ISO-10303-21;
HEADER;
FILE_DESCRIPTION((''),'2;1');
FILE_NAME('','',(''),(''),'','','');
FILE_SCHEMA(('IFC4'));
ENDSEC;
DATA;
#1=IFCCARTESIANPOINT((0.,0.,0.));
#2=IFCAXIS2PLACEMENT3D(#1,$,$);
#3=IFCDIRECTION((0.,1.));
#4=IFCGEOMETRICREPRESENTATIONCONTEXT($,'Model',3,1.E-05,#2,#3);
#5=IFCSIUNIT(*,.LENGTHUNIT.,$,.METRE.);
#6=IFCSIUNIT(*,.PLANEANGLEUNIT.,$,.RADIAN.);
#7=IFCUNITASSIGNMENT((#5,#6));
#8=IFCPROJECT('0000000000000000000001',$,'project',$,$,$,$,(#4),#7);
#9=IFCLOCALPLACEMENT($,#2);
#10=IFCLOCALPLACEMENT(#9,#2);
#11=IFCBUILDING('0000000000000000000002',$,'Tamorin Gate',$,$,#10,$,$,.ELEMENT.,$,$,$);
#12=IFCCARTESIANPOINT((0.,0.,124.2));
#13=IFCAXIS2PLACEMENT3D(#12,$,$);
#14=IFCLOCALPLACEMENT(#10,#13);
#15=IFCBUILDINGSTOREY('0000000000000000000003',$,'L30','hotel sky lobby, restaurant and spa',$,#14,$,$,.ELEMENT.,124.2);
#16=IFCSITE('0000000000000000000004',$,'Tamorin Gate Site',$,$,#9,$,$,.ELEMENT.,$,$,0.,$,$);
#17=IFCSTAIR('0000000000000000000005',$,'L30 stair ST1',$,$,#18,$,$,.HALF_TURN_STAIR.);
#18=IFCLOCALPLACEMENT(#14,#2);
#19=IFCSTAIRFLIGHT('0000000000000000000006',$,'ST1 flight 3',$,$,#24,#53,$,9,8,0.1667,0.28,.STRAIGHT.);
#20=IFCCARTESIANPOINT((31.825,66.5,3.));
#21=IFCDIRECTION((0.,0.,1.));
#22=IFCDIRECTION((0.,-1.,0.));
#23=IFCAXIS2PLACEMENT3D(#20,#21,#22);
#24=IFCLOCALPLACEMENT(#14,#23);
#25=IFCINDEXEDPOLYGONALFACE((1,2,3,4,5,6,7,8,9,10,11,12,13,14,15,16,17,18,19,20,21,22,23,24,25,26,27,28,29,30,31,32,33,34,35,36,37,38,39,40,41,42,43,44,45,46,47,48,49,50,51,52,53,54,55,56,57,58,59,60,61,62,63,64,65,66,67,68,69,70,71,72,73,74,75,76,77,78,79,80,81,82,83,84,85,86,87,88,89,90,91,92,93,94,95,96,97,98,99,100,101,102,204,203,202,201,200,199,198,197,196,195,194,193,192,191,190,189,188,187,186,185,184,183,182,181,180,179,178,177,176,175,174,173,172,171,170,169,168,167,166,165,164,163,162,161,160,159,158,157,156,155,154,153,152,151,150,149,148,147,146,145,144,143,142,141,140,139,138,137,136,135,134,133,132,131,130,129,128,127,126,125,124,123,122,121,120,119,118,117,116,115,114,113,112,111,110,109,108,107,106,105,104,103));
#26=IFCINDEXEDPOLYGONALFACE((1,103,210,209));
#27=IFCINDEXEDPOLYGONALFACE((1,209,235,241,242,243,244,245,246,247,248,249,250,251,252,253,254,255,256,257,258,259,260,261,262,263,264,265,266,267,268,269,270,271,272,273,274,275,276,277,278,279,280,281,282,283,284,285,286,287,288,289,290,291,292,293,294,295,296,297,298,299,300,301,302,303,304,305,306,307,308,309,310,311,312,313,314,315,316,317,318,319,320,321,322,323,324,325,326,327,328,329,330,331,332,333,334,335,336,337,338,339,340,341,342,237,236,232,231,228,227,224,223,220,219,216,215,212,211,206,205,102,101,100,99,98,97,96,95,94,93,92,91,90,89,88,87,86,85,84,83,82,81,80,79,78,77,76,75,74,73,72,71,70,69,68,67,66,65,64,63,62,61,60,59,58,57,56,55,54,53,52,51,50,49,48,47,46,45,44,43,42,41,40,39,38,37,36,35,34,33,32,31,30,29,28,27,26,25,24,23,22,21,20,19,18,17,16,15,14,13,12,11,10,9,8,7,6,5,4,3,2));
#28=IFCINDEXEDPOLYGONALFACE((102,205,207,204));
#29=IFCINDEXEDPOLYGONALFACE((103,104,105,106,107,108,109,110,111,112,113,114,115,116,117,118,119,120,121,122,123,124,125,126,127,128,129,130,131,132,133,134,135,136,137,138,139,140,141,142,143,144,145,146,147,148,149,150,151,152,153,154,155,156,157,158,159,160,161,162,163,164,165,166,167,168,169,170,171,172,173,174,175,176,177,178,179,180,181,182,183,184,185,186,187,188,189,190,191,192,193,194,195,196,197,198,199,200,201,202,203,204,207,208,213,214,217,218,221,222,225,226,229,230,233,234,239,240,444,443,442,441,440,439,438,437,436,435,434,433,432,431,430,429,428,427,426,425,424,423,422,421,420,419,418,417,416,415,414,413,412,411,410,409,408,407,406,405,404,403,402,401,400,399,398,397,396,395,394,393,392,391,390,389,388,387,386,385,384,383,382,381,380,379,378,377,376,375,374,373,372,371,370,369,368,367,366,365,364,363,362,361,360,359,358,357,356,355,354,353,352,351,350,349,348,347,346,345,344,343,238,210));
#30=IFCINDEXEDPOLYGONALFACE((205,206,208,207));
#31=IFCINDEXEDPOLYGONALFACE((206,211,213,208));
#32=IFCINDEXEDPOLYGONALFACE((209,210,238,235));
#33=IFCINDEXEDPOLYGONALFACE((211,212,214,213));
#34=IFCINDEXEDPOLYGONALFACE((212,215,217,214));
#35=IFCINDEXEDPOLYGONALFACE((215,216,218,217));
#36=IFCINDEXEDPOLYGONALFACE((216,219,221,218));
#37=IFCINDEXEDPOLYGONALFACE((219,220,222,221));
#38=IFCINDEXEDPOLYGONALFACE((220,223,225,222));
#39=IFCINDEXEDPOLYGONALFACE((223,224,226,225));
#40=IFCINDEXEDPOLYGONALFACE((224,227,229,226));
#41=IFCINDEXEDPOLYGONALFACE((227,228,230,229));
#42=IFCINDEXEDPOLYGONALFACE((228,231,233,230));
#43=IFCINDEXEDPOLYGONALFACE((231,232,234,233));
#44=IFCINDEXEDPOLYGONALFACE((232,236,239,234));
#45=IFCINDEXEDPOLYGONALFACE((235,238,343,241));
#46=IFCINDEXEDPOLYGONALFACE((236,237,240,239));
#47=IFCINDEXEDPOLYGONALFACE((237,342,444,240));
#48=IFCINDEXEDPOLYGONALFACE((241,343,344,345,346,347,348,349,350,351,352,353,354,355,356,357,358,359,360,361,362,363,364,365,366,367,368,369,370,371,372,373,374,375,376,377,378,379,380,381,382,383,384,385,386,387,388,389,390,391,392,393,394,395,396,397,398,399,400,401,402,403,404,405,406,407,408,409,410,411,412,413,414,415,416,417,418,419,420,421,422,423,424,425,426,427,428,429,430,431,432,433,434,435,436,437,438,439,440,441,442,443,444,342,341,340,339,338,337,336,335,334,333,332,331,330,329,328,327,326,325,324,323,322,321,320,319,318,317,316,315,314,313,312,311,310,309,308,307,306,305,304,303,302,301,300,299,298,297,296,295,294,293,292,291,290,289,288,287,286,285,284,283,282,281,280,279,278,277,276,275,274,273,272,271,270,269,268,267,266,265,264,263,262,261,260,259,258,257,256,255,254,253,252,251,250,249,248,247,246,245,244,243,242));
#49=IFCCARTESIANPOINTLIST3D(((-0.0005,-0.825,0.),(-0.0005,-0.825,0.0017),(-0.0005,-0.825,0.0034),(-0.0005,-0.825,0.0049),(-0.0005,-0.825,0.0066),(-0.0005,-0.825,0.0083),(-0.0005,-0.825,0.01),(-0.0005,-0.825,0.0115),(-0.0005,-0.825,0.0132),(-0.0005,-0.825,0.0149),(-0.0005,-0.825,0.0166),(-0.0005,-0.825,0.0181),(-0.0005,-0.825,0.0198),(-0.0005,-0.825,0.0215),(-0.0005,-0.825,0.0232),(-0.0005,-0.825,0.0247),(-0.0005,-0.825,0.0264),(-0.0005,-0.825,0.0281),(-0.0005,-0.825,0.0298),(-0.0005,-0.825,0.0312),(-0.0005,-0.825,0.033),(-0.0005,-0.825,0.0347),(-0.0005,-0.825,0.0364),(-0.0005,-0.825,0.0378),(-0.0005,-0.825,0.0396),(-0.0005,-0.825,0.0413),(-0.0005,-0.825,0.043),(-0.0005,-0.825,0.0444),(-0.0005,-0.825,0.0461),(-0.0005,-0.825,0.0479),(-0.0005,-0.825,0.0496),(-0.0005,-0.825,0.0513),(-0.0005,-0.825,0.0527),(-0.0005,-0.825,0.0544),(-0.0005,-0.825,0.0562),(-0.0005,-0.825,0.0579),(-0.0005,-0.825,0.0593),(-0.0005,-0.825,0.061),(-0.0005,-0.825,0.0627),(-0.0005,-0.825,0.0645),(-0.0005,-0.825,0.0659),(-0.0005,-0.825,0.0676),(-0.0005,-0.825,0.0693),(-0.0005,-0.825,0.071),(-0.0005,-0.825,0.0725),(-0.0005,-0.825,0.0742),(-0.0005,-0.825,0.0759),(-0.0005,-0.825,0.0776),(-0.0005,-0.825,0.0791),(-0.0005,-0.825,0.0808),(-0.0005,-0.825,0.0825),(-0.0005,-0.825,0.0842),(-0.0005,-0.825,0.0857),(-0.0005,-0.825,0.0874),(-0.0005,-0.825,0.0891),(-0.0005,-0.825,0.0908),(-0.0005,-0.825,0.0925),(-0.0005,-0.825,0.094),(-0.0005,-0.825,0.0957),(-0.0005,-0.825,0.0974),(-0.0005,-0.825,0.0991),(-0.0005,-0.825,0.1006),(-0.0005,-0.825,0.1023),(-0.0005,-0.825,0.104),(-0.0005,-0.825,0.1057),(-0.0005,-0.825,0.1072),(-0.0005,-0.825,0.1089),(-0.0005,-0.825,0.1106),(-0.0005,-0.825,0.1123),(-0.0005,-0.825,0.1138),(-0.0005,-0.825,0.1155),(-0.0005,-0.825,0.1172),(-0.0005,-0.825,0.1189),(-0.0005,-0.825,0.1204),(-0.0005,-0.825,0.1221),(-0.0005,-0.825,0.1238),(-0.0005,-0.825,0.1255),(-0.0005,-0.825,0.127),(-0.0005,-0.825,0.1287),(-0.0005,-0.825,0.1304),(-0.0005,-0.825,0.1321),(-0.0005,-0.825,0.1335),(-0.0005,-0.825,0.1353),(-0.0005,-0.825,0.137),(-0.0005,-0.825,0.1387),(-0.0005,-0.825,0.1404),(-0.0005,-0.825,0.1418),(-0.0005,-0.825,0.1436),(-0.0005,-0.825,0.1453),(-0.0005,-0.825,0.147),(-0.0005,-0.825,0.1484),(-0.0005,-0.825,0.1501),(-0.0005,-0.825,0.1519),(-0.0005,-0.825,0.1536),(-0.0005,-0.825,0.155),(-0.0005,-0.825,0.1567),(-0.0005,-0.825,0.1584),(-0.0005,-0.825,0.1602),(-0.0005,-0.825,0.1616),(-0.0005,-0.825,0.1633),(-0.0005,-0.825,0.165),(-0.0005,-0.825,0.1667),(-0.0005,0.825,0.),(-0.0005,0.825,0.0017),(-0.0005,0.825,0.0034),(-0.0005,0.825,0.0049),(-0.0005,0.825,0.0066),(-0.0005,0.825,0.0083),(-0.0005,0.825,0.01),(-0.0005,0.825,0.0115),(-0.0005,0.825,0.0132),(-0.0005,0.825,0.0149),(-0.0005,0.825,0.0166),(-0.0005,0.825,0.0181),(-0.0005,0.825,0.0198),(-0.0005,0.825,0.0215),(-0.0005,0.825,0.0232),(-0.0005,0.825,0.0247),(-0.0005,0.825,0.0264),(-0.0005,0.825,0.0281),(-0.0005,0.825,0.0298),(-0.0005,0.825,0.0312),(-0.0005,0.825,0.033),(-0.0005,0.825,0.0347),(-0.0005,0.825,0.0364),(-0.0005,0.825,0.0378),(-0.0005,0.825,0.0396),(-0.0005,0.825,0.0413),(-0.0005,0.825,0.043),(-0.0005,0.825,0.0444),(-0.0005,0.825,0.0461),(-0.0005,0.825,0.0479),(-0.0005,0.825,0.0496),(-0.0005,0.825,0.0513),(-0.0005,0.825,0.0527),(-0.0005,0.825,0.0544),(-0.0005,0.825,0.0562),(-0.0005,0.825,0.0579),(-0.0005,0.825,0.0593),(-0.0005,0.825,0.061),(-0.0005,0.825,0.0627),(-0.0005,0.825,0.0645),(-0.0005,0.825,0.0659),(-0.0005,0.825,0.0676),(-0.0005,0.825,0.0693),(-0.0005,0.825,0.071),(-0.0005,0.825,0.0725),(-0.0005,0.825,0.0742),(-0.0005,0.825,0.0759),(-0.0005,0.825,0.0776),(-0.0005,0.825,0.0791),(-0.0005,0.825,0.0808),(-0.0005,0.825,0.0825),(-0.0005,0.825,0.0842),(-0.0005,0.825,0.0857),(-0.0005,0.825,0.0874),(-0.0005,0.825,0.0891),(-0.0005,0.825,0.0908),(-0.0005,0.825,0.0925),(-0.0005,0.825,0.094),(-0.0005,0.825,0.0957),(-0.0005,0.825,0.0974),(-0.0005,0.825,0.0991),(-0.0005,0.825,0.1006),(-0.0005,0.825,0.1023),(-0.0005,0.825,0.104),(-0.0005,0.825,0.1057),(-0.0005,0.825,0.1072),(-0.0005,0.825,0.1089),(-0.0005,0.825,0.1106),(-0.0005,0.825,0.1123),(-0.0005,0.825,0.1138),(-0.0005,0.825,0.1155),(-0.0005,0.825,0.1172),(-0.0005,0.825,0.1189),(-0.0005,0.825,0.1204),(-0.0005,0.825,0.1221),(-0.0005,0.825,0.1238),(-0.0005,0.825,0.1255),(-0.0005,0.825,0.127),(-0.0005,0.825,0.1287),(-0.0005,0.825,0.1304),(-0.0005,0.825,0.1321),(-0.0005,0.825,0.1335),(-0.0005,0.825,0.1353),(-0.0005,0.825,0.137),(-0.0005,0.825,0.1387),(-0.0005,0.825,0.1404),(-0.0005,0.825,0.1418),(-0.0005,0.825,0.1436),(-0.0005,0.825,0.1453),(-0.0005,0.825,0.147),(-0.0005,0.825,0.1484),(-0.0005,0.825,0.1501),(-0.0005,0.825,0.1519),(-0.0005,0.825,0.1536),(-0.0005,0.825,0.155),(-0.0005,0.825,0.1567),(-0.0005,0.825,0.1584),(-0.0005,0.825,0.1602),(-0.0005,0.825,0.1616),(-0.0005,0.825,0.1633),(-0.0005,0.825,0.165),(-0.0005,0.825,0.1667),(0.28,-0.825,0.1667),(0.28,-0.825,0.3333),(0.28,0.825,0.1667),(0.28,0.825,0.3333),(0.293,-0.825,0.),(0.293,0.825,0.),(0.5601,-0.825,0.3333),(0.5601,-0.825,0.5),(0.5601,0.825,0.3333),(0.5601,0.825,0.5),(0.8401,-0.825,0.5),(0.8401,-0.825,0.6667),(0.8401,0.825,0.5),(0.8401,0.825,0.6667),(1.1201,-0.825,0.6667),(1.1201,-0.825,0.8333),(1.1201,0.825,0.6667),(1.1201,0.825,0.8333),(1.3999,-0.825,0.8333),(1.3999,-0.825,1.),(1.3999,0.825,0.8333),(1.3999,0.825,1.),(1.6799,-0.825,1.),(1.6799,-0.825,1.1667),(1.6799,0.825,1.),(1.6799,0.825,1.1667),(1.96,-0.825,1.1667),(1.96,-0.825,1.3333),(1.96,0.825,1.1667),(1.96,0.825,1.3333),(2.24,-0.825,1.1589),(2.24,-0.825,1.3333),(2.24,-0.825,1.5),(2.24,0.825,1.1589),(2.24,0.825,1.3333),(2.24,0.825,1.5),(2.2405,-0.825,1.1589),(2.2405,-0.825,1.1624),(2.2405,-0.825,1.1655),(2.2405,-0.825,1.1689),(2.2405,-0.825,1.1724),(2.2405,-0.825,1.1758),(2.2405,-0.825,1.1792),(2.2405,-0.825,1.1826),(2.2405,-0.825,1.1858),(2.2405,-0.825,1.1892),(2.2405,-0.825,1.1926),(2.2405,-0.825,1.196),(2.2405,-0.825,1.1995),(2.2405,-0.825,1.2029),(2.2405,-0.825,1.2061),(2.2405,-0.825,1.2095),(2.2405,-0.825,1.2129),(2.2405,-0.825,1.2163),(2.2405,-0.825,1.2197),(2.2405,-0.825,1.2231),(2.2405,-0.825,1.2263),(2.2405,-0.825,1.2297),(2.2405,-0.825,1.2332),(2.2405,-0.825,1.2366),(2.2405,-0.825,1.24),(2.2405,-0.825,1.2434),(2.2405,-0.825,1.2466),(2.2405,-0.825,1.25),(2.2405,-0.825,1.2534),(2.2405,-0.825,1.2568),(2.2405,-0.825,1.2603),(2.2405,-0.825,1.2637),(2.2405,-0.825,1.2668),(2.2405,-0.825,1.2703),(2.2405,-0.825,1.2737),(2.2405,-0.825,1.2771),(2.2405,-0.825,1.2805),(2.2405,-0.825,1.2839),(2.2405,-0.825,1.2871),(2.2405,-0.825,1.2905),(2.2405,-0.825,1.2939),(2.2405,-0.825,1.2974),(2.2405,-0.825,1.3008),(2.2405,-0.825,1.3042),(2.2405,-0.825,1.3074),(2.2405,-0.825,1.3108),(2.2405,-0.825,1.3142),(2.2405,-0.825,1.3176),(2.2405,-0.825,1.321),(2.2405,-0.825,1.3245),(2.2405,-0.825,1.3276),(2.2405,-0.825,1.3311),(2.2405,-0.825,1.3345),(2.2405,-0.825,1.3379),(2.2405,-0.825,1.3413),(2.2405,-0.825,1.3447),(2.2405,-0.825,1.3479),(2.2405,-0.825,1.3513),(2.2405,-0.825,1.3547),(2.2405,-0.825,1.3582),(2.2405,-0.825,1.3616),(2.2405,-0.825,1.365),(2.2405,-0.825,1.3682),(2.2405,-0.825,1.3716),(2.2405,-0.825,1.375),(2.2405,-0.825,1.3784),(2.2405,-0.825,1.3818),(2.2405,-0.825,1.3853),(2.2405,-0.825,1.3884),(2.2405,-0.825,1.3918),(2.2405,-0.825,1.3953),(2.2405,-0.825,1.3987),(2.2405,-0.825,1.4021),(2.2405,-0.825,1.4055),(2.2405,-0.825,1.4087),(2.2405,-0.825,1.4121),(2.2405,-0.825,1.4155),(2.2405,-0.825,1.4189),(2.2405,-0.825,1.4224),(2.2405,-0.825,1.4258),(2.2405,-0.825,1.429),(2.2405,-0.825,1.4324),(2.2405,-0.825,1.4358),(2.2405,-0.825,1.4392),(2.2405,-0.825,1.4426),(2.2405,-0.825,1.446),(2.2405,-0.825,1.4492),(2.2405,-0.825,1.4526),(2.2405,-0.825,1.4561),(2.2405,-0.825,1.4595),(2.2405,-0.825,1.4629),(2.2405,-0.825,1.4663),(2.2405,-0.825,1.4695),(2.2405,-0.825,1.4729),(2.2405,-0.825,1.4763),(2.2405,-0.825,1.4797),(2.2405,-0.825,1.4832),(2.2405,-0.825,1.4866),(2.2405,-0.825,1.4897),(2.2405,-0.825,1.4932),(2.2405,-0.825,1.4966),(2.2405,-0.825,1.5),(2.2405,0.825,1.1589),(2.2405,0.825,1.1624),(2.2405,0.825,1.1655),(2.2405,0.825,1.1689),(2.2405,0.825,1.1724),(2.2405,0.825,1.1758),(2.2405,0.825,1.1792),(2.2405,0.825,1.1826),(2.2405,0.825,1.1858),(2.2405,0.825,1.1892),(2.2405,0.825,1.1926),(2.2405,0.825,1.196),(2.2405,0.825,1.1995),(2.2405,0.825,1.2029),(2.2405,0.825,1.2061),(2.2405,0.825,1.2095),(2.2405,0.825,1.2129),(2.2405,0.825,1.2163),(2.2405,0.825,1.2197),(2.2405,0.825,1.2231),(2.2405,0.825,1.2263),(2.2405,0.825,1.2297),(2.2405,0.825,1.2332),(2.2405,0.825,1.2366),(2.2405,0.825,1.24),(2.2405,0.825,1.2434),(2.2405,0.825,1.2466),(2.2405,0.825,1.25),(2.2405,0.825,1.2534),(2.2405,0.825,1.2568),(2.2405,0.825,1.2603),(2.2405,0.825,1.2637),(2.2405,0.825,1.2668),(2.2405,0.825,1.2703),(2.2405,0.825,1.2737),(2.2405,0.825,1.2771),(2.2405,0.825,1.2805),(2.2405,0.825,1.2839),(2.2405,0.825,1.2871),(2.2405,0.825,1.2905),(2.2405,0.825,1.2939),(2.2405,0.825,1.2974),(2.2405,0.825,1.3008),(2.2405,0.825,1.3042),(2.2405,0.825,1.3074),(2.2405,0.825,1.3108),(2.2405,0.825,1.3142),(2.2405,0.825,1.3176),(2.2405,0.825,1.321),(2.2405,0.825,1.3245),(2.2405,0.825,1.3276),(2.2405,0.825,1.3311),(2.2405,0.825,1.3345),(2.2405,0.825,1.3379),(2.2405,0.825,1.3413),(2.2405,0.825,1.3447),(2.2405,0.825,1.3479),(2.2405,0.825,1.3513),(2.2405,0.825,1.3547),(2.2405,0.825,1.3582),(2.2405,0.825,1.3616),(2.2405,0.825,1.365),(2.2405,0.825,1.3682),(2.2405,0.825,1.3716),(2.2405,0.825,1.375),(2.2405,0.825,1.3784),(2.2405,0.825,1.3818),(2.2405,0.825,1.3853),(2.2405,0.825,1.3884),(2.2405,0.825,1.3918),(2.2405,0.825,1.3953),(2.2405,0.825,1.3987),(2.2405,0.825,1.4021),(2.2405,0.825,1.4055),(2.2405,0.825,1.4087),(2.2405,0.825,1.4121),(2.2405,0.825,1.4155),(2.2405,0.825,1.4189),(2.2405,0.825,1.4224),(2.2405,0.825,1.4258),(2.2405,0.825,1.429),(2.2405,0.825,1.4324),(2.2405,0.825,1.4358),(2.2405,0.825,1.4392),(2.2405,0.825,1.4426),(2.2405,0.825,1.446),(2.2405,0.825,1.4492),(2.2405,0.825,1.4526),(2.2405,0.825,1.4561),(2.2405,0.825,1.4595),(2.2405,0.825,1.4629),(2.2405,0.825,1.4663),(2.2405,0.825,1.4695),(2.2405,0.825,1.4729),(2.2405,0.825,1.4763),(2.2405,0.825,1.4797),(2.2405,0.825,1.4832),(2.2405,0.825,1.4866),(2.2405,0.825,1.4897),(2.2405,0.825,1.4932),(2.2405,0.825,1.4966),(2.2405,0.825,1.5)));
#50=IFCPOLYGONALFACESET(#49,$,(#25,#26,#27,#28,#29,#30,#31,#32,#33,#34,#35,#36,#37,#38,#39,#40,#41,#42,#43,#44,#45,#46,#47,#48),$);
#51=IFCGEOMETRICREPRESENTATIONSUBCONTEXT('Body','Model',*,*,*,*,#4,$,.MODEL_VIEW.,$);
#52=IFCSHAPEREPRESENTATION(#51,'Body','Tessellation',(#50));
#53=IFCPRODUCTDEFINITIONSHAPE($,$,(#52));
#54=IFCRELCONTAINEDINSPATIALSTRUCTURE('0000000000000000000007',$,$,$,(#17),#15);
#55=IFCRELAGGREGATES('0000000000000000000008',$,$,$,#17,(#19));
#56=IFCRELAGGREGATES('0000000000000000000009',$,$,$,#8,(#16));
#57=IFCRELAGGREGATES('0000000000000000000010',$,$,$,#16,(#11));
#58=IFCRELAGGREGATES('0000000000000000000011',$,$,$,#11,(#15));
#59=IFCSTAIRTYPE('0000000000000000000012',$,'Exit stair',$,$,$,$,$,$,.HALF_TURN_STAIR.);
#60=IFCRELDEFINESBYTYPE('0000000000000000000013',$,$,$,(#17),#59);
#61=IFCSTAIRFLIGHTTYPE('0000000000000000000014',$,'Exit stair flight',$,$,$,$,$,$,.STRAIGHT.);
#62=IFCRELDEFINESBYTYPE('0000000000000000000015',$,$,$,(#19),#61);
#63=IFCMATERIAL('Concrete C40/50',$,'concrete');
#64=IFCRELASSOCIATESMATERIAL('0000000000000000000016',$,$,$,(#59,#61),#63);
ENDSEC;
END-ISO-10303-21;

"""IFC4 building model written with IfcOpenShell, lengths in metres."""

from ifc_helpers import new_model, si_unit, direction, frame, origin, place, context, subcontext, project, spatial, polyline, outline, extrude, material, type_object, element, aggregate, save


model = new_model("IFC4")

# Units and contexts
model_context = context("Model", 3, precision=1e-05, world=origin(), true_north=direction((0.0, 1.0)))
body_context = subcontext(model_context, "Body", "Model", "MODEL_VIEW")
ifc_project = project(units=[si_unit("LENGTHUNIT", "METRE"), si_unit("PLANEANGLEUNIT", "RADIAN")], contexts=[model_context])

# Site, building, storey
site_placement = place(None, origin())
site = spatial("IfcSite", under=ifc_project, at=site_placement, Name="Tamorin Gate Site", CompositionType="ELEMENT", RefElevation=0.0)
building_placement = place(site_placement, origin())
building = spatial("IfcBuilding", under=site, at=building_placement, Name="Tamorin Gate", CompositionType="ELEMENT")
storey_placement = place(building_placement, frame((0.0, 0.0, 124.2)))
storey = spatial("IfcBuildingStorey", under=building, at=storey_placement, Name="L30", Description="hotel sky lobby, restaurant and spa", CompositionType="ELEMENT", Elevation=124.2)

# Shared definitions
ifc_material_1 = material(Name="Concrete C40/50", Category="concrete")

# Stair, stair flight
stair_type = type_object("IfcStairType", Name="Exit stair", PredefinedType="HALF_TURN_STAIR", material=ifc_material_1)
stair_1_placement = place(storey_placement, origin())
stair_1 = element("IfcStair", 1, at=stair_1_placement, inside=storey, type_object=stair_type, Name="L30 stair ST1", PredefinedType="HALF_TURN_STAIR")
stair_flight_type = type_object("IfcStairFlightType", Name="Exit stair flight", PredefinedType="STRAIGHT", material=ifc_material_1)
stair_flight_1_placement = place(storey_placement, frame((31.825, 66.5, 3.0), z_axis=(0.0, 0.0, 1.0), x_axis=(0.0, -1.0, 0.0)))
stair_flight_1 = element("IfcStairFlight", 2, at=stair_flight_1_placement, type_object=stair_flight_type, Name="ST1 flight 3", NumberOfRisers=9, NumberOfTreads=8, PredefinedType="STRAIGHT", RiserHeight=0.1667, TreadLength=0.28, context=body_context, shape_type="SweptSolid", body=[
    extrude(outline(polyline([(-0.0005, 0.0), (-0.0005, 0.0017), (-0.0005, 0.0034), (-0.0005, 0.0049), (-0.0005, 0.0066), (-0.0005, 0.0083), (-0.0005, 0.01), (-0.0005, 0.0115), (-0.0005, 0.0132), (-0.0005, 0.0149), (-0.0005, 0.0166), (-0.0005, 0.0181), (-0.0005, 0.0198), (-0.0005, 0.0215), (-0.0005, 0.0232), (-0.0005, 0.0247), (-0.0005, 0.0264), (-0.0005, 0.0281), (-0.0005, 0.0298), (-0.0005, 0.0312), (-0.0005, 0.033), (-0.0005, 0.0347), (-0.0005, 0.0364), (-0.0005, 0.0378), (-0.0005, 0.0396), (-0.0005, 0.0413), (-0.0005, 0.043), (-0.0005, 0.0444), (-0.0005, 0.0461), (-0.0005, 0.0479), (-0.0005, 0.0496), (-0.0005, 0.0513), (-0.0005, 0.0527), (-0.0005, 0.0544), (-0.0005, 0.0562), (-0.0005, 0.0579), (-0.0005, 0.0593), (-0.0005, 0.061), (-0.0005, 0.0627), (-0.0005, 0.0645), (-0.0005, 0.0659), (-0.0005, 0.0676), (-0.0005, 0.0693), (-0.0005, 0.071), (-0.0005, 0.0725), (-0.0005, 0.0742), (-0.0005, 0.0759), (-0.0005, 0.0776), (-0.0005, 0.0791), (-0.0005, 0.0808), (-0.0005, 0.0825), (-0.0005, 0.0842), (-0.0005, 0.0857), (-0.0005, 0.0874), (-0.0005, 0.0891), (-0.0005, 0.0908), (-0.0005, 0.0925), (-0.0005, 0.094), (-0.0005, 0.0957), (-0.0005, 0.0974), (-0.0005, 0.0991), (-0.0005, 0.1006), (-0.0005, 0.1023), (-0.0005, 0.104), (-0.0005, 0.1057), (-0.0005, 0.1072), (-0.0005, 0.1089), (-0.0005, 0.1106), (-0.0005, 0.1123), (-0.0005, 0.1138), (-0.0005, 0.1155), (-0.0005, 0.1172), (-0.0005, 0.1189), (-0.0005, 0.1204), (-0.0005, 0.1221), (-0.0005, 0.1238), (-0.0005, 0.1255), (-0.0005, 0.127), (-0.0005, 0.1287), (-0.0005, 0.1304), (-0.0005, 0.1321), (-0.0005, 0.1335), (-0.0005, 0.1353), (-0.0005, 0.137), (-0.0005, 0.1387), (-0.0005, 0.1404), (-0.0005, 0.1418), (-0.0005, 0.1436), (-0.0005, 0.1453), (-0.0005, 0.147), (-0.0005, 0.1484), (-0.0005, 0.1501), (-0.0005, 0.1519), (-0.0005, 0.1536), (-0.0005, 0.155), (-0.0005, 0.1567), (-0.0005, 0.1584), (-0.0005, 0.1602), (-0.0005, 0.1616), (-0.0005, 0.1633), (-0.0005, 0.165), (-0.0005, 0.1667), (0.28, 0.1667), (0.28, 0.3333), (0.5601, 0.3333), (0.5601, 0.5), (0.8401, 0.5), (0.8401, 0.6667), (1.1201, 0.6667), (1.1201, 0.8333), (1.3999, 0.8333), (1.3999, 1.0), (1.6799, 1.0), (1.6799, 1.1667), (1.96, 1.1667), (1.96, 1.3333), (2.24, 1.3333), (2.24, 1.5), (2.2405, 1.5), (2.2405, 1.4966), (2.2405, 1.4932), (2.2405, 1.4897), (2.2405, 1.4866), (2.2405, 1.4832), (2.2405, 1.4797), (2.2405, 1.4763), (2.2405, 1.4729), (2.2405, 1.4695), (2.2405, 1.4663), (2.2405, 1.4629), (2.2405, 1.4595), (2.2405, 1.4561), (2.2405, 1.4526), (2.2405, 1.4492), (2.2405, 1.446), (2.2405, 1.4426), (2.2405, 1.4392), (2.2405, 1.4358), (2.2405, 1.4324), (2.2405, 1.429), (2.2405, 1.4258), (2.2405, 1.4224), (2.2405, 1.4189), (2.2405, 1.4155), (2.2405, 1.4121), (2.2405, 1.4087), (2.2405, 1.4055), (2.2405, 1.4021), (2.2405, 1.3987), (2.2405, 1.3953), (2.2405, 1.3918), (2.2405, 1.3884), (2.2405, 1.3853), (2.2405, 1.3818), (2.2405, 1.3784), (2.2405, 1.375), (2.2405, 1.3716), (2.2405, 1.3682), (2.2405, 1.365), (2.2405, 1.3616), (2.2405, 1.3582), (2.2405, 1.3547), (2.2405, 1.3513), (2.2405, 1.3479), (2.2405, 1.3447), (2.2405, 1.3413), (2.2405, 1.3379), (2.2405, 1.3345), (2.2405, 1.3311), (2.2405, 1.3276), (2.2405, 1.3245), (2.2405, 1.321), (2.2405, 1.3176), (2.2405, 1.3142), (2.2405, 1.3108), (2.2405, 1.3074), (2.2405, 1.3042), (2.2405, 1.3008), (2.2405, 1.2974), (2.2405, 1.2939), (2.2405, 1.2905), (2.2405, 1.2871), (2.2405, 1.2839), (2.2405, 1.2805), (2.2405, 1.2771), (2.2405, 1.2737), (2.2405, 1.2703), (2.2405, 1.2668), (2.2405, 1.2637), (2.2405, 1.2603), (2.2405, 1.2568), (2.2405, 1.2534), (2.2405, 1.25), (2.2405, 1.2466), (2.2405, 1.2434), (2.2405, 1.24), (2.2405, 1.2366), (2.2405, 1.2332), (2.2405, 1.2297), (2.2405, 1.2263), (2.2405, 1.2231), (2.2405, 1.2197), (2.2405, 1.2163), (2.2405, 1.2129), (2.2405, 1.2095), (2.2405, 1.2061), (2.2405, 1.2029), (2.2405, 1.1995), (2.2405, 1.196), (2.2405, 1.1926), (2.2405, 1.1892), (2.2405, 1.1858), (2.2405, 1.1826), (2.2405, 1.1792), (2.2405, 1.1758), (2.2405, 1.1724), (2.2405, 1.1689), (2.2405, 1.1655), (2.2405, 1.1624), (2.2405, 1.1589), (2.24, 1.1589), (0.293, 0.0), (-0.0005, 0.0)])), frame((0.0, 0.825, 0.0), z_axis=(0.0, -1.0, 0.0), x_axis=(1.0, 0.0, 0.0)), (0.0, 0.0, 1.0), 1.6499),
])
aggregate(stair_1, [stair_flight_1])

save(model, "model.ifc")
